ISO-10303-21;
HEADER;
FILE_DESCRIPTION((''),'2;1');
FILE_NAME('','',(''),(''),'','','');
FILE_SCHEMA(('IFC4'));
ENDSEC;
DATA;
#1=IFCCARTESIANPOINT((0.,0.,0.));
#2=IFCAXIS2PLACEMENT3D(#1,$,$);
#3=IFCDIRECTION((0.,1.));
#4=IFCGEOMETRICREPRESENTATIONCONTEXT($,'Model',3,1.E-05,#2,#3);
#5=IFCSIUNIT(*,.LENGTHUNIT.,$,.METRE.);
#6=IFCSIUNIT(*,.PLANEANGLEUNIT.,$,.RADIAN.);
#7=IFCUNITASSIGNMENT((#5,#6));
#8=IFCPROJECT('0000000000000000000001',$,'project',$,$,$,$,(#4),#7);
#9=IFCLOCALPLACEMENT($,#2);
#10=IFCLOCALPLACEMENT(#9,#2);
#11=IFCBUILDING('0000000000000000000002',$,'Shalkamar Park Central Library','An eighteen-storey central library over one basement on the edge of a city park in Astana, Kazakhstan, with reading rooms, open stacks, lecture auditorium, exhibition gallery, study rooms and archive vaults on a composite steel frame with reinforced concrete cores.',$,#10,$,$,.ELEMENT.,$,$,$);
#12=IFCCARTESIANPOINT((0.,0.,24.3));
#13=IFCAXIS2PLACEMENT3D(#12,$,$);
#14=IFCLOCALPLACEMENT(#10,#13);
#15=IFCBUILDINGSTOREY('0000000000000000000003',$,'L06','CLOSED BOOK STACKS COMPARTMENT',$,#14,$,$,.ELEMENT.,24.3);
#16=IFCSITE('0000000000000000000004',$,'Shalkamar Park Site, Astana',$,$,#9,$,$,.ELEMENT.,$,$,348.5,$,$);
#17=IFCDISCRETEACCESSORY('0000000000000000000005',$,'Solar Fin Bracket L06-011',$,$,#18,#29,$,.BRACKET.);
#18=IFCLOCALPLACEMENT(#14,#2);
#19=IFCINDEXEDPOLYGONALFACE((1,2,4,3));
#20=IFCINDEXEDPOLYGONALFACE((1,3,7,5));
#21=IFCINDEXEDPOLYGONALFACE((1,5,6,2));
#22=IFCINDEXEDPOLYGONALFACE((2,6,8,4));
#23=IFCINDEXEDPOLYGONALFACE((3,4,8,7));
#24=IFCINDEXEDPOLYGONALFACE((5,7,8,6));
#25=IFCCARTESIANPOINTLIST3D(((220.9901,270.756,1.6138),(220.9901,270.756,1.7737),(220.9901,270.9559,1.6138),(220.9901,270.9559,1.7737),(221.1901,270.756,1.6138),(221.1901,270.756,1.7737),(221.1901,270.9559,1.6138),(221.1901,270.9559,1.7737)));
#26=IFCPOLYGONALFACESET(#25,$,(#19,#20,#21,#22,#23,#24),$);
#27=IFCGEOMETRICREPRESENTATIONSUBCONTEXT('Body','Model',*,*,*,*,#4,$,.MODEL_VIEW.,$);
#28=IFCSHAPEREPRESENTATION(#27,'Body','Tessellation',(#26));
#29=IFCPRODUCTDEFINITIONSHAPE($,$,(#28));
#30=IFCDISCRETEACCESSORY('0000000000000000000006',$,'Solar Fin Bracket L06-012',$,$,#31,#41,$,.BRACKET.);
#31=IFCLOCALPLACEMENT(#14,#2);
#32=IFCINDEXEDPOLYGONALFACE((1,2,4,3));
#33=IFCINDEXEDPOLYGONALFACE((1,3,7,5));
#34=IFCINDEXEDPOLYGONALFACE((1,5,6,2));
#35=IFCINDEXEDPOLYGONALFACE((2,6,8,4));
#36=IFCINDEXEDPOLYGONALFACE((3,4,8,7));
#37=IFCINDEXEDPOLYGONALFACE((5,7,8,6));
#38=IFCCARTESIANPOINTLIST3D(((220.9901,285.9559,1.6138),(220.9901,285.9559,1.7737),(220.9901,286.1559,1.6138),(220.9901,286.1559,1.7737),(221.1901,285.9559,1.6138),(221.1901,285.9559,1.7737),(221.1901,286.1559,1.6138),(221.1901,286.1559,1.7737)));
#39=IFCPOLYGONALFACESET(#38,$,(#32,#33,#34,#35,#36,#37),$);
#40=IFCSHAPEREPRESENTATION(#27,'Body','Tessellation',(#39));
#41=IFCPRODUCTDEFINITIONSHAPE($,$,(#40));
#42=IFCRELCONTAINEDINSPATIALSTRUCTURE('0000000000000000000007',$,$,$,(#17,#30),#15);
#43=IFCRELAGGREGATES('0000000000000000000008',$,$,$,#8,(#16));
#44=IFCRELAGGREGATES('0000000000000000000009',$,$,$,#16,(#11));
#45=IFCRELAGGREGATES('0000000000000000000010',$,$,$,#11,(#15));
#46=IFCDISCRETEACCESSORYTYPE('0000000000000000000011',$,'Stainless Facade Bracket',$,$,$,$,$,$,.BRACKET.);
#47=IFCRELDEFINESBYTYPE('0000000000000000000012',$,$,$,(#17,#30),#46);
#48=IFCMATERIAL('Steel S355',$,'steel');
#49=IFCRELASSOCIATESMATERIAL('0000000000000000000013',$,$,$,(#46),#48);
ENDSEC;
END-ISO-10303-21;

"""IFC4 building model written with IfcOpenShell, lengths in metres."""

from ifc_helpers import new_model, si_unit, direction, frame, origin, origin_2d, place, context, subcontext, project, spatial, rectangle, extrude, material, type_object, element, save


model = new_model("IFC4")

# Units and contexts
model_context = context("Model", 3, precision=1e-05, world=origin(), true_north=direction((0.0, 1.0)))
body_context = subcontext(model_context, "Body", "Model", "MODEL_VIEW")
ifc_project = project(units=[si_unit("LENGTHUNIT", "METRE"), si_unit("PLANEANGLEUNIT", "RADIAN")], contexts=[model_context])

# Site, building, storey
site_placement = place(None, origin())
site = spatial("IfcSite", under=ifc_project, at=site_placement, Name="Shalkamar Park Site, Astana", CompositionType="ELEMENT", RefElevation=348.5)
building_placement = place(site_placement, origin())
building = spatial("IfcBuilding", under=site, at=building_placement, Name="Shalkamar Park Central Library", Description="An eighteen-storey central library over one basement on the edge of a city park in Astana, Kazakhstan, with reading rooms, open stacks, lecture auditorium, exhibition gallery, study rooms and archive vaults on a composite steel frame with reinforced concrete cores.", CompositionType="ELEMENT")
storey_placement = place(building_placement, frame((0.0, 0.0, 24.3)))
storey = spatial("IfcBuildingStorey", under=building, at=storey_placement, Name="L06", Description="CLOSED BOOK STACKS COMPARTMENT", CompositionType="ELEMENT", Elevation=24.3)

# Shared definitions
ifc_material_1 = material(Name="Steel S355", Category="steel")

# Discrete accessories
discrete_accessory_type = type_object("IfcDiscreteAccessoryType", Name="Stainless Facade Bracket", PredefinedType="BRACKET", material=ifc_material_1)
for number, where, z_axis, x_axis, name in (
    (1, (221.0901, 270.856, 1.6138), (0.0, 0.0, 1.0), (1.0, 0.0, 0.0), "Solar Fin Bracket L06-011"),
    (2, (221.0901, 286.0559, 1.6138), (0.0, 0.0, 1.0), (1.0, 0.0, 0.0), "Solar Fin Bracket L06-012"),
):
    element("IfcDiscreteAccessory", number, at=place(storey_placement, frame(where, z_axis=z_axis, x_axis=x_axis)), inside=storey, type_object=discrete_accessory_type, Name=name, PredefinedType="BRACKET", context=body_context, shape_type="SweptSolid", body=[
        extrude(rectangle(XDim=0.2, YDim=0.2, at=origin_2d()), origin(), (0.0, 0.0, 1.0), 0.1599),
    ])

save(model, "model.ifc")
